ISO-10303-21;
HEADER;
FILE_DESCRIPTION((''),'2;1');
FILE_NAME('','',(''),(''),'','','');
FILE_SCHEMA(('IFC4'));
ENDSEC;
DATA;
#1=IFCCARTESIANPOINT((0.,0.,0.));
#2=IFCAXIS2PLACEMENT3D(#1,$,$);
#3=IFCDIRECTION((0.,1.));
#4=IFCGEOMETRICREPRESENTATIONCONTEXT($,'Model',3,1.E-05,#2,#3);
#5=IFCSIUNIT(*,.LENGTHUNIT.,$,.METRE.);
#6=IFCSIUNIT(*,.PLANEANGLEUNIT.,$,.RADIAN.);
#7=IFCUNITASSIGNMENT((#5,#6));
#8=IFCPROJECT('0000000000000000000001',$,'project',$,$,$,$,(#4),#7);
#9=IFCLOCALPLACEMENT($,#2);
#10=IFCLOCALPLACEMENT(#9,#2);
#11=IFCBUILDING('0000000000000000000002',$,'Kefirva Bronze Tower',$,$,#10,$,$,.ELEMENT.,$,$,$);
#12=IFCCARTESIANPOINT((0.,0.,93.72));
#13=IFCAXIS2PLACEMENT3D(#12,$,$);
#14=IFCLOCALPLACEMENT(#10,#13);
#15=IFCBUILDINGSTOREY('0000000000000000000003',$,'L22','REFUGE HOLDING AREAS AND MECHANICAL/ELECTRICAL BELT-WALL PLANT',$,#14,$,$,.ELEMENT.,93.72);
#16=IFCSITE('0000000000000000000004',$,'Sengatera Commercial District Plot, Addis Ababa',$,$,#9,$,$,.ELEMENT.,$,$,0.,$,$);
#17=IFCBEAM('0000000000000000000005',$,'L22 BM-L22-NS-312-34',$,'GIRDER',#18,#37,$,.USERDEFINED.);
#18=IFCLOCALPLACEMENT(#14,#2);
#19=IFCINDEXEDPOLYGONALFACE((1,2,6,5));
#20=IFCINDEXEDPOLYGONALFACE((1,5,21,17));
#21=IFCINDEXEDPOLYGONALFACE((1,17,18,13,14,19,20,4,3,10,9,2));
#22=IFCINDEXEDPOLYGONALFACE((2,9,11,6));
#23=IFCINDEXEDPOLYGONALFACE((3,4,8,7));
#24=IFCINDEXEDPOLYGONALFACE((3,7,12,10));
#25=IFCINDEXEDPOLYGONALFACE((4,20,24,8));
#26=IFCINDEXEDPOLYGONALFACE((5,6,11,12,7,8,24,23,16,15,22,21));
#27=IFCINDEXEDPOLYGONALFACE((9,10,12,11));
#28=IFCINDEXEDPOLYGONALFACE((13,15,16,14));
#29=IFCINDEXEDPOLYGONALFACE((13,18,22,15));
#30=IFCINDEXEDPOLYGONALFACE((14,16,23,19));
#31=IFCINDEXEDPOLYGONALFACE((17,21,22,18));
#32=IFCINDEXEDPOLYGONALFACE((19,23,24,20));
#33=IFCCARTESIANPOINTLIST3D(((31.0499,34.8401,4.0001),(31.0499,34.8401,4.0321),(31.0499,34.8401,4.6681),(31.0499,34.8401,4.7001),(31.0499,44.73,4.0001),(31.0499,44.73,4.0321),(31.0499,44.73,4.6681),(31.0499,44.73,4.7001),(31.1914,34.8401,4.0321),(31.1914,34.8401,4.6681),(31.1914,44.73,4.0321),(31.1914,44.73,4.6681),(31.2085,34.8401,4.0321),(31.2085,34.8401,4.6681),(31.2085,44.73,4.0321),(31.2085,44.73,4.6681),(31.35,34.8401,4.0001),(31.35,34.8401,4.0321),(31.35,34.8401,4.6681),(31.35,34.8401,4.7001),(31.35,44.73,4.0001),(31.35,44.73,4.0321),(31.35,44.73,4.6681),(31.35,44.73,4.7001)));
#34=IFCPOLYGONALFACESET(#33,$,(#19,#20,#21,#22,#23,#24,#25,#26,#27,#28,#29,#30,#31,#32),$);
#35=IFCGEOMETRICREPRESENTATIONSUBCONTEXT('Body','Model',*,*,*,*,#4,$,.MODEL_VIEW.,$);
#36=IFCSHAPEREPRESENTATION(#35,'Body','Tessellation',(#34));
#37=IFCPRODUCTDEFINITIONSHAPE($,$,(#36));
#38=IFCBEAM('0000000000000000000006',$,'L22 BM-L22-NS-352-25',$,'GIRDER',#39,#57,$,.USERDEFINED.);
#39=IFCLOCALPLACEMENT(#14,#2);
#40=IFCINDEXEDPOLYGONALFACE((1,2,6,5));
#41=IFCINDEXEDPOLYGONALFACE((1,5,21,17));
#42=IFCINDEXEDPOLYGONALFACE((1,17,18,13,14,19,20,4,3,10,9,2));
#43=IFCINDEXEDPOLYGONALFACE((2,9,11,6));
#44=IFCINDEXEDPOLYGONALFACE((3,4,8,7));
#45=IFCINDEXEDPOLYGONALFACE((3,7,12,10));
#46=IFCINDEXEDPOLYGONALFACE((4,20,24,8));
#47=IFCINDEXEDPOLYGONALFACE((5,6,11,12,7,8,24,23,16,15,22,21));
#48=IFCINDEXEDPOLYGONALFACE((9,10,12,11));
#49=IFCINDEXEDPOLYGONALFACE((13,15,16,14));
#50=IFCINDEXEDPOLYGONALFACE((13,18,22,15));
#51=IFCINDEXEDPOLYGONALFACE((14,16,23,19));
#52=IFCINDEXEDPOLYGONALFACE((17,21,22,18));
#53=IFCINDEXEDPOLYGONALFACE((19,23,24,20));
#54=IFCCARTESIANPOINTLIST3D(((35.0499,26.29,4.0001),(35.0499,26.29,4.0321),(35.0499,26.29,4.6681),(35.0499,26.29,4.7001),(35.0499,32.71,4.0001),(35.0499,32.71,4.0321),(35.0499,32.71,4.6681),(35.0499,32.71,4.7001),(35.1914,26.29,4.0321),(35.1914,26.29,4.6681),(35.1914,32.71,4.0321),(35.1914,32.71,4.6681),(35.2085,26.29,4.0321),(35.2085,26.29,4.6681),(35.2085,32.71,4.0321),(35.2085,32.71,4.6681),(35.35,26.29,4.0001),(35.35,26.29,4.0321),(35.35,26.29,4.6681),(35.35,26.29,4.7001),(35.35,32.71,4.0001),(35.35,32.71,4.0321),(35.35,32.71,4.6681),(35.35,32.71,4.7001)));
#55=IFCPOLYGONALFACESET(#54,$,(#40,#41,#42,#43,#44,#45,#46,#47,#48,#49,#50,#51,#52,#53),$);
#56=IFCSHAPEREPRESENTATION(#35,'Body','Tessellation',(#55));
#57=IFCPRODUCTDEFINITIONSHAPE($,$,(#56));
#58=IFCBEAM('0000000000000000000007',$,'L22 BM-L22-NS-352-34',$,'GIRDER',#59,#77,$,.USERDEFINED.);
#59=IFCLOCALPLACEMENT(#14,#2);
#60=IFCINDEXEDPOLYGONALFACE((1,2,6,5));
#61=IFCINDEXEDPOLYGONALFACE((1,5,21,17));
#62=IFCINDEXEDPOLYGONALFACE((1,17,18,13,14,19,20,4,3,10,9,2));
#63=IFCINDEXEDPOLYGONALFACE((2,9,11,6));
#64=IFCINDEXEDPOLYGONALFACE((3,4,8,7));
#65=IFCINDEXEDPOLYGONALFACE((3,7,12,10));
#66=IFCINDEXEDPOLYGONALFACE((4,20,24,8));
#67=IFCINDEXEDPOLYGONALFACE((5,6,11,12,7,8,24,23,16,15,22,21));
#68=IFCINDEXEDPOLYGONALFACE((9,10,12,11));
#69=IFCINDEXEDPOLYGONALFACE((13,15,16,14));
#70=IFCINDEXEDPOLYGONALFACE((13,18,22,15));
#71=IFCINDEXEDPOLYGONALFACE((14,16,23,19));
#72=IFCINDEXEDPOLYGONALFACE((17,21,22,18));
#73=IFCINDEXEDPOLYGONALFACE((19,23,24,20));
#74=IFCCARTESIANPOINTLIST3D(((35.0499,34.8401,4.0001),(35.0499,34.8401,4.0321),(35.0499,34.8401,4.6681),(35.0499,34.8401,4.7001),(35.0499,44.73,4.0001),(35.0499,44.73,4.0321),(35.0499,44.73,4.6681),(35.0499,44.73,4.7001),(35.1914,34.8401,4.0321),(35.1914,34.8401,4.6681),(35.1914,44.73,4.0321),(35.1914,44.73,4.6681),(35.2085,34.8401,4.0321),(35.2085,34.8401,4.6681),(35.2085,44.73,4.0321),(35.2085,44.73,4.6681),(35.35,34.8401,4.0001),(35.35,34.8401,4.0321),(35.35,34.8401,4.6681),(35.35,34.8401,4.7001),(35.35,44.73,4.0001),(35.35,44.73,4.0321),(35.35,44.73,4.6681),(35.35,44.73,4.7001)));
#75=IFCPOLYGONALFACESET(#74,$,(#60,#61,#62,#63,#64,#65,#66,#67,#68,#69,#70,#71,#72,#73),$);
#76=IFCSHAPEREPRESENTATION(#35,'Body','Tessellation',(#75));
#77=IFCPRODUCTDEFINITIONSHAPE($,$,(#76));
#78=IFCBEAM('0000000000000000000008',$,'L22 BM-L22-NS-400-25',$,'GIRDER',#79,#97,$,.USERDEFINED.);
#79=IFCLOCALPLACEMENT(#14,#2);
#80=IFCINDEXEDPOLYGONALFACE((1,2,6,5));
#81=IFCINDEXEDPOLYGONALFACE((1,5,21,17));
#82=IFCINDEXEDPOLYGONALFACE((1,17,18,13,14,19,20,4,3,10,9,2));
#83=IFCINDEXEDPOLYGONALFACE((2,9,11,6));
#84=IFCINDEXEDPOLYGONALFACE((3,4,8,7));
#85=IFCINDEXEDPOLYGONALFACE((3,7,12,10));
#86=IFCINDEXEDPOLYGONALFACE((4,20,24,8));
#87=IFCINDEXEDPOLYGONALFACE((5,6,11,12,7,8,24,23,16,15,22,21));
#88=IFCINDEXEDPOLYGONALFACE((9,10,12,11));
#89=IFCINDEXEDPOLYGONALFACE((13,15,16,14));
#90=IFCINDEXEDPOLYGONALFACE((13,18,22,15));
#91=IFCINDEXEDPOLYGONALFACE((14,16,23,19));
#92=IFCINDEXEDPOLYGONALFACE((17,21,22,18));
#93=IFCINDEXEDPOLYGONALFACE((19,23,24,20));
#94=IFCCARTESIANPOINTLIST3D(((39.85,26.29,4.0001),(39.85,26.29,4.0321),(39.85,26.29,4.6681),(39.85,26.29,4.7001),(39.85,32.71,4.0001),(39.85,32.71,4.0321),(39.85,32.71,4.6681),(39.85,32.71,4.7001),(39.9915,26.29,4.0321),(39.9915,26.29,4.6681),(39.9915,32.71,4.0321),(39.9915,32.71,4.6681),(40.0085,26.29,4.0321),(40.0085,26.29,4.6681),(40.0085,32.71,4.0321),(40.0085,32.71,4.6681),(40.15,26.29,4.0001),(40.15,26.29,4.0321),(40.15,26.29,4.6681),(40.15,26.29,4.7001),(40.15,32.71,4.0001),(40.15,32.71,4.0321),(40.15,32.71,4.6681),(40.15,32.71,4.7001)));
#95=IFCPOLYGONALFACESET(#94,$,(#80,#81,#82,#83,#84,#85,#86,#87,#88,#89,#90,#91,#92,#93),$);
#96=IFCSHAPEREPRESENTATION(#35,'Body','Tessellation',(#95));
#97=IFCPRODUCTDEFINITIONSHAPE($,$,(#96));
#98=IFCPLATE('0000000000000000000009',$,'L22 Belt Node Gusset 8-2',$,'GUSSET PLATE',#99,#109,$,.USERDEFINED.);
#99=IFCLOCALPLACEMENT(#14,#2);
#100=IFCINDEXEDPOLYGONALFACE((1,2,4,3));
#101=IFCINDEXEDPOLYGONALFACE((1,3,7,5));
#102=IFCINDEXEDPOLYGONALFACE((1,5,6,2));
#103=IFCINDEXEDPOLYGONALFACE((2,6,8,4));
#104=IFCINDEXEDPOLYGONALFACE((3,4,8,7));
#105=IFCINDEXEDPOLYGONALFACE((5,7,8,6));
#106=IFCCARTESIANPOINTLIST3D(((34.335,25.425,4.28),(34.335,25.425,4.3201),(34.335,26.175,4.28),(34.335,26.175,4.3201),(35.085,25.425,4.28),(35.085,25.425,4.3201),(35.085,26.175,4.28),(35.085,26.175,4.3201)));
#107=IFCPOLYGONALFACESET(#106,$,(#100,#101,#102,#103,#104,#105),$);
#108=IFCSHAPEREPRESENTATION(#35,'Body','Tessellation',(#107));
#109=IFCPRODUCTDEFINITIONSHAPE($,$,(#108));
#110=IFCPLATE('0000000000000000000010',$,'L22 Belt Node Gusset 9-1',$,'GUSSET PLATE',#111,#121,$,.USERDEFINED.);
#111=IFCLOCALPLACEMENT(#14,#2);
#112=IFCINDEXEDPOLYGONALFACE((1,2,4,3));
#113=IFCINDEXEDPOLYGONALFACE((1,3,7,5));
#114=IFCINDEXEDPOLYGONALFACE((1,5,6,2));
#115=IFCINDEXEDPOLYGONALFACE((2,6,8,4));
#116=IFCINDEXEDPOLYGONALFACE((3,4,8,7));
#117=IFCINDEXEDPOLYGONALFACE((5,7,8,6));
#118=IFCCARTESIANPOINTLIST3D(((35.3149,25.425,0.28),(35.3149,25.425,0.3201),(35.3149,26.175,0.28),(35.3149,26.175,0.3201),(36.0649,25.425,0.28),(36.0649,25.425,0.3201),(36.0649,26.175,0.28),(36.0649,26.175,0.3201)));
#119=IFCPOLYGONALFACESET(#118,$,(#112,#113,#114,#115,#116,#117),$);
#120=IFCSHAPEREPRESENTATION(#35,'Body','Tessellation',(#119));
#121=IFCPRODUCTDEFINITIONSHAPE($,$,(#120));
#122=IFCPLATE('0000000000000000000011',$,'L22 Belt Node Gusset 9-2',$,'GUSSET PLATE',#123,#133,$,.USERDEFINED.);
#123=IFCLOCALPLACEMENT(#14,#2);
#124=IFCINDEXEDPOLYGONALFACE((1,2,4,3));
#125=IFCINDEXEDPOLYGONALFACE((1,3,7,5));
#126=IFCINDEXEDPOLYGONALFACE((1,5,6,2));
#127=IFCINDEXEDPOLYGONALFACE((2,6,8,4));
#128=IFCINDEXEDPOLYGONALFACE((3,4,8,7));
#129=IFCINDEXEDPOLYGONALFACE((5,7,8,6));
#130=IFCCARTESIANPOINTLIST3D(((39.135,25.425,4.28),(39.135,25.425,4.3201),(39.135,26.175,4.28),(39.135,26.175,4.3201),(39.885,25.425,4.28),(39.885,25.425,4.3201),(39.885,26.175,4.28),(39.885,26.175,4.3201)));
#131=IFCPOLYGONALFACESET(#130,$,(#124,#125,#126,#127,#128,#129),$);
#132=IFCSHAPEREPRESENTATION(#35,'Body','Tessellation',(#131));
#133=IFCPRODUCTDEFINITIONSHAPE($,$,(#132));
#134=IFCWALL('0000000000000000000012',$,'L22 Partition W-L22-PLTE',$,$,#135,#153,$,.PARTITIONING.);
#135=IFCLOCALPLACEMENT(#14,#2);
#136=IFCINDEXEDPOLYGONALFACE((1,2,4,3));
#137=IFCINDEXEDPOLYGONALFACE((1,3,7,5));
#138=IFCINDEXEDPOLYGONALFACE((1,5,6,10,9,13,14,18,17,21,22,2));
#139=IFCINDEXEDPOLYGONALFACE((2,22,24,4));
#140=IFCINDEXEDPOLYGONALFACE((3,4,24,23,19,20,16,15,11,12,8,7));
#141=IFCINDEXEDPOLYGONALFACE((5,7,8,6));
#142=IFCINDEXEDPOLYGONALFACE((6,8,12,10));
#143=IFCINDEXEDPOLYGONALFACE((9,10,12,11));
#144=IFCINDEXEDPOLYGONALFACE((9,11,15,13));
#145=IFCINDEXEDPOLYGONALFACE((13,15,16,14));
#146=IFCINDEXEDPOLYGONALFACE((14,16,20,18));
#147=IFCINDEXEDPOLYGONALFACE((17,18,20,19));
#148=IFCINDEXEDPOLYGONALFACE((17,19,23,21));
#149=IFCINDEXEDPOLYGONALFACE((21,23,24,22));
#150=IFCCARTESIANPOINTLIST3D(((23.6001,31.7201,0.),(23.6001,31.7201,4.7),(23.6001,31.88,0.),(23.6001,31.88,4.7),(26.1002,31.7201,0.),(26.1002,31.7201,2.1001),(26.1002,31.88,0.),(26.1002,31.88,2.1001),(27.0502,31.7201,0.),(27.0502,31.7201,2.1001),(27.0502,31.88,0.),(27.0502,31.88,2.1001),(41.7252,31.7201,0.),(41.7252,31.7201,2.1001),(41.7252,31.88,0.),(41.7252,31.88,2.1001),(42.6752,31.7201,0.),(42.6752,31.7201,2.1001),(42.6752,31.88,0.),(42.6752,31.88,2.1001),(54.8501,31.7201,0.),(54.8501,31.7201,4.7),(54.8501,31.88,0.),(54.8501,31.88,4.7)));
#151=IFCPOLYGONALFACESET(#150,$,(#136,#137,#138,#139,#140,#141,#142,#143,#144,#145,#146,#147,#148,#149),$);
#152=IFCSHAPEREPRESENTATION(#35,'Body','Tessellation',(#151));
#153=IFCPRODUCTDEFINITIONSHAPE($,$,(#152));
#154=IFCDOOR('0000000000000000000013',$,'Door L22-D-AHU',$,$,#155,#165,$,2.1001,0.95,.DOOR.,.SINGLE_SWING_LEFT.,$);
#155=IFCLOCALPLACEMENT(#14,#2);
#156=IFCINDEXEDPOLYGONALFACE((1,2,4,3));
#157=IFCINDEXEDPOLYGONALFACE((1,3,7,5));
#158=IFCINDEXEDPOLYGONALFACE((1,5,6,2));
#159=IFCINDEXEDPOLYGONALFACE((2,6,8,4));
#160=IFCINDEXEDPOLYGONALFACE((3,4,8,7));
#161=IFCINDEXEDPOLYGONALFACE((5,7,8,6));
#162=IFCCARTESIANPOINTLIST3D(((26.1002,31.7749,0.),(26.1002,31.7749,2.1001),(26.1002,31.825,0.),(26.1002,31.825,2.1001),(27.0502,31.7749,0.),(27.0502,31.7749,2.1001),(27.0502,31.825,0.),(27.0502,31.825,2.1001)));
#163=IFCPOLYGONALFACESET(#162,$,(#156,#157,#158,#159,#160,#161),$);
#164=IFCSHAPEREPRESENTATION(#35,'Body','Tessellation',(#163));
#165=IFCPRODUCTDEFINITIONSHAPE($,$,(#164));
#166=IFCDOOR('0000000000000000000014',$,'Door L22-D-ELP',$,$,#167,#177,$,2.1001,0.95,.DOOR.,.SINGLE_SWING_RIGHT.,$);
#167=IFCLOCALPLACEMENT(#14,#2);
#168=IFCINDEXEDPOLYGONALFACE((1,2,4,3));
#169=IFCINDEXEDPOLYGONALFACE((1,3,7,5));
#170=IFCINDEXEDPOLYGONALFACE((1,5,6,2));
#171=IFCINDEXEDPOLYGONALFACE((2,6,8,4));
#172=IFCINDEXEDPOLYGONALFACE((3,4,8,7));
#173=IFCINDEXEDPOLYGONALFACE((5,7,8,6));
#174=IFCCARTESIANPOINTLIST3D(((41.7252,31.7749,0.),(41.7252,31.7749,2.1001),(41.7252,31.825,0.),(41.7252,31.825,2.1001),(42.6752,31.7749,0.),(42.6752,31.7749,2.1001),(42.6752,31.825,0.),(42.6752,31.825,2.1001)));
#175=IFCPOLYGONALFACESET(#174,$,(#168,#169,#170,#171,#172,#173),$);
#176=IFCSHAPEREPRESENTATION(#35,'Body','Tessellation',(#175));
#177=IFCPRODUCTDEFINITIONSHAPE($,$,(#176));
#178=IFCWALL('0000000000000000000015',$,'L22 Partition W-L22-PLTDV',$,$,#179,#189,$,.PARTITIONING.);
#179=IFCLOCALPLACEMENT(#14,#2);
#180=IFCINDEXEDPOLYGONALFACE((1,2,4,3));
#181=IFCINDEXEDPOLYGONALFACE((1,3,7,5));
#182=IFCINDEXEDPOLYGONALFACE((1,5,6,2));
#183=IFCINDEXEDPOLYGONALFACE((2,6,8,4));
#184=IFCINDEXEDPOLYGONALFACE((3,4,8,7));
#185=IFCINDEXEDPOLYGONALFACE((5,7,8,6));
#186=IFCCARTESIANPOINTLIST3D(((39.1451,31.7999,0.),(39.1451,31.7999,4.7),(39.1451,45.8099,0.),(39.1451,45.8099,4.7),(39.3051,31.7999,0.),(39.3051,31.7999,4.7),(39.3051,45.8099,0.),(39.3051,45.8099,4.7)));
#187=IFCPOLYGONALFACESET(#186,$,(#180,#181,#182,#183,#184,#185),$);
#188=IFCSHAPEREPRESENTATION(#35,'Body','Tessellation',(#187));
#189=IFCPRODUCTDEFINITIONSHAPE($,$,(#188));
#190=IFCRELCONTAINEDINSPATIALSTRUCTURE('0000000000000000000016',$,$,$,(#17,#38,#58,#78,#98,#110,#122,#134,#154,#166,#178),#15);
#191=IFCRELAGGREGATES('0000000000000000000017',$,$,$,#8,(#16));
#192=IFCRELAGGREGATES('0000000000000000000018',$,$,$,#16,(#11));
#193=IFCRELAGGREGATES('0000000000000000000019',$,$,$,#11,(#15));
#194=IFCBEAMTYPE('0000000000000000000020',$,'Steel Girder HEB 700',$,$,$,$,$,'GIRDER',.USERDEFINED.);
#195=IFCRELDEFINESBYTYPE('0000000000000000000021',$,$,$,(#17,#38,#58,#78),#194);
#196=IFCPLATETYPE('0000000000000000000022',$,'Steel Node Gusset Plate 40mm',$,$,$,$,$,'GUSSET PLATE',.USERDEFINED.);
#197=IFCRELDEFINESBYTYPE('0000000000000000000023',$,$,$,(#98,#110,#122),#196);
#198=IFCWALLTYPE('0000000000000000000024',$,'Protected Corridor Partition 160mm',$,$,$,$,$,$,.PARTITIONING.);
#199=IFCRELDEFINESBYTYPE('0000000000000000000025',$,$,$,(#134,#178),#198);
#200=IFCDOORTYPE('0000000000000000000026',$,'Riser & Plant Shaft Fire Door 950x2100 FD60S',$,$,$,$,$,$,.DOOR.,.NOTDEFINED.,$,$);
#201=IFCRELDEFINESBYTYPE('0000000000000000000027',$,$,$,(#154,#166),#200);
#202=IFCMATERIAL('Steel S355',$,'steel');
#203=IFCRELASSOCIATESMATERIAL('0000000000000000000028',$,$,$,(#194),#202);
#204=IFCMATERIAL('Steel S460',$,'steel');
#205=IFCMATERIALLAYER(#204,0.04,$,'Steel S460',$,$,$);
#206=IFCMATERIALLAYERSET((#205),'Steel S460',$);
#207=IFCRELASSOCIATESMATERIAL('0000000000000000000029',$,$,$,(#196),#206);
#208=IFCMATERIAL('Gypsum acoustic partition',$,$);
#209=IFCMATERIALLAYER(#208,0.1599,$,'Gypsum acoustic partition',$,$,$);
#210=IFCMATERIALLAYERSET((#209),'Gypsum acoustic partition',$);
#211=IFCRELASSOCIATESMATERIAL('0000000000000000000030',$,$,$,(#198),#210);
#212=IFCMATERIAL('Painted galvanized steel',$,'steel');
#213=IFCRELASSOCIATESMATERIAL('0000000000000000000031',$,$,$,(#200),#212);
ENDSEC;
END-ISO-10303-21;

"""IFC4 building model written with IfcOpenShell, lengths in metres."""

from ifc_helpers import new_model, si_unit, direction, frame, frame_2d, origin, origin_2d, place, context, subcontext, project, spatial, rectangle, i_section, extrude, material, layer, layer_set, material_profile, profile_set, type_object, element, fill, save


model = new_model("IFC4")

# Units and contexts
model_context = context("Model", 3, precision=1e-05, world=origin(), true_north=direction((0.0, 1.0)))
body_context = subcontext(model_context, "Body", "Model", "MODEL_VIEW")
ifc_project = project(units=[si_unit("LENGTHUNIT", "METRE"), si_unit("PLANEANGLEUNIT", "RADIAN")], contexts=[model_context])

# Site, building, storey
site_placement = place(None, origin())
site = spatial("IfcSite", under=ifc_project, at=site_placement, Name="Sengatera Commercial District Plot, Addis Ababa", CompositionType="ELEMENT", RefElevation=0.0)
building_placement = place(site_placement, origin())
building = spatial("IfcBuilding", under=site, at=building_placement, Name="Kefirva Bronze Tower", CompositionType="ELEMENT")
storey_placement = place(building_placement, frame((0.0, 0.0, 93.72)))
storey = spatial("IfcBuildingStorey", under=building, at=storey_placement, Name="L22", Description="REFUGE HOLDING AREAS AND MECHANICAL/ELECTRICAL BELT-WALL PLANT", CompositionType="ELEMENT", Elevation=93.72)

# Shared definitions
ifc_material_1 = material(Name="Steel S460", Category="steel")

# Beams
ifc_material_2 = material(Name="Steel S355", Category="steel")
ifc_material_profile_1 = material_profile(ifc_material_2, i_section(OverallWidth=0.3, OverallDepth=0.7, WebThickness=0.0171, FlangeThickness=0.032, at=origin_2d()), Name="HEB 700")
ifc_profile_set_1 = profile_set([ifc_material_profile_1], Name="Steel S355")
beam_type_1 = type_object("IfcBeamType", Name="Steel Girder HEB 700", ElementType="GIRDER", PredefinedType="USERDEFINED", material=ifc_profile_set_1)
beam_1_placement = place(storey_placement, frame((31.2, 34.8401, 4.3501), z_axis=(0.0, 1.0, 0.0), x_axis=(-1.0, 0.0, 0.0)))
element("IfcBeam", 1, at=beam_1_placement, inside=storey, type_object=beam_type_1, Name="L22 BM-L22-NS-312-34", ObjectType="GIRDER", PredefinedType="USERDEFINED", context=body_context, shape_type="SweptSolid", body=[
    extrude(i_section(OverallWidth=0.3, OverallDepth=0.7, WebThickness=0.0171, FlangeThickness=0.032, at=origin_2d()), origin(), (0.0, 0.0, 1.0), 9.8899),
])
beam_2_placement = place(storey_placement, frame((35.2, 26.29, 4.3501), z_axis=(0.0, 1.0, 0.0), x_axis=(-1.0, 0.0, 0.0)))
element("IfcBeam", 2, at=beam_2_placement, inside=storey, type_object=beam_type_1, Name="L22 BM-L22-NS-352-25", ObjectType="GIRDER", PredefinedType="USERDEFINED", context=body_context, shape_type="SweptSolid", body=[
    extrude(i_section(OverallWidth=0.3, OverallDepth=0.7, WebThickness=0.0171, FlangeThickness=0.032, at=origin_2d()), origin(), (0.0, 0.0, 1.0), 6.4199),
])
beam_3_placement = place(storey_placement, frame((35.2, 34.8401, 4.3501), z_axis=(0.0, 1.0, 0.0), x_axis=(-1.0, 0.0, 0.0)))
element("IfcBeam", 3, at=beam_3_placement, inside=storey, type_object=beam_type_1, Name="L22 BM-L22-NS-352-34", ObjectType="GIRDER", PredefinedType="USERDEFINED", context=body_context, shape_type="SweptSolid", body=[
    extrude(i_section(OverallWidth=0.3, OverallDepth=0.7, WebThickness=0.0171, FlangeThickness=0.032, at=origin_2d()), origin(), (0.0, 0.0, 1.0), 9.8899),
])
beam_4_placement = place(storey_placement, frame((40.0, 26.29, 4.3501), z_axis=(0.0, 1.0, 0.0), x_axis=(-1.0, 0.0, 0.0)))
element("IfcBeam", 4, at=beam_4_placement, inside=storey, type_object=beam_type_1, Name="L22 BM-L22-NS-400-25", ObjectType="GIRDER", PredefinedType="USERDEFINED", context=body_context, shape_type="SweptSolid", body=[
    extrude(i_section(OverallWidth=0.3, OverallDepth=0.7, WebThickness=0.0171, FlangeThickness=0.032, at=origin_2d()), origin(), (0.0, 0.0, 1.0), 6.4199),
])

# Plates
ifc_layer_1 = layer(ifc_material_1, 0.04, Name="Steel S460")
ifc_layer_set_1 = layer_set([ifc_layer_1], Name="Steel S460")
plate_type = type_object("IfcPlateType", Name="Steel Node Gusset Plate 40mm", ElementType="GUSSET PLATE", PredefinedType="USERDEFINED", material=ifc_layer_set_1)
for number, where, z_axis, x_axis, name in (
    (5, (34.71, 25.8, 4.28), (0.0, 0.0, 1.0), (1.0, 0.0, 0.0), "L22 Belt Node Gusset 8-2"),
    (6, (35.6899, 25.8, 0.28), (0.0, 0.0, 1.0), (1.0, 0.0, 0.0), "L22 Belt Node Gusset 9-1"),
    (7, (39.51, 25.8, 4.28), (0.0, 0.0, 1.0), (1.0, 0.0, 0.0), "L22 Belt Node Gusset 9-2"),
):
    element("IfcPlate", number, at=place(storey_placement, frame(where, z_axis=z_axis, x_axis=x_axis)), inside=storey, type_object=plate_type, Name=name, ObjectType="GUSSET PLATE", PredefinedType="USERDEFINED", context=body_context, shape_type="SweptSolid", body=[
        extrude(rectangle(XDim=0.75, YDim=0.75, at=origin_2d()), origin(), (0.0, 0.0, 1.0), 0.04),
    ])

# Wall, openings, doors
ifc_material_3 = material(Name="Gypsum acoustic partition")
ifc_layer_2 = layer(ifc_material_3, 0.1599, Name="Gypsum acoustic partition")
ifc_layer_set_2 = layer_set([ifc_layer_2], Name="Gypsum acoustic partition")
wall_type = type_object("IfcWallType", Name="Protected Corridor Partition 160mm", PredefinedType="PARTITIONING", material=ifc_layer_set_2)
wall_1_placement = place(storey_placement, frame((23.6001, 31.8, 0.0), z_axis=(0.0, 0.0, 1.0), x_axis=(1.0, 0.0, 0.0)))
wall_1 = element("IfcWall", 8, at=wall_1_placement, inside=storey, type_object=wall_type, Name="L22 Partition W-L22-PLTE", PredefinedType="PARTITIONING", context=body_context, shape_type="SweptSolid", body=[
    extrude(rectangle(XDim=31.25, YDim=0.1599, at=frame_2d((15.625, 0.0))), origin(), (0.0, 0.0, 1.0), 4.7),
])
opening_1_placement = place(wall_1_placement, frame((2.5, 0.0, 0.0)))
opening_1 = element("IfcOpeningElement", 9, at=opening_1_placement, cuts=wall_1, PredefinedType="OPENING", context=body_context, shape_type="SweptSolid", body=[
    extrude(rectangle(XDim=0.95, YDim=2.1001, at=frame_2d((0.4751, 1.05))), frame((0.0, 0.0898, 0.0), z_axis=(0.0, -1.0, 0.0), x_axis=(1.0, 0.0, 0.0)), (0.0, 0.0, 1.0), 0.1799),
])
opening_2_placement = place(wall_1_placement, frame((18.125, 0.0, 0.0)))
opening_2 = element("IfcOpeningElement", 10, at=opening_2_placement, cuts=wall_1, PredefinedType="OPENING", context=body_context, shape_type="SweptSolid", body=[
    extrude(rectangle(XDim=0.95, YDim=2.1001, at=frame_2d((0.4751, 1.05))), frame((0.0, 0.0898, 0.0), z_axis=(0.0, -1.0, 0.0), x_axis=(1.0, 0.0, 0.0)), (0.0, 0.0, 1.0), 0.1799),
])
ifc_material_4 = material(Name="Painted galvanized steel", Category="steel")
door_type = type_object("IfcDoorType", Name="Riser & Plant Shaft Fire Door 950x2100 FD60S", OperationType="NOTDEFINED", PredefinedType="DOOR", material=ifc_material_4)
door_1_placement = place(opening_1_placement, origin())
door_1 = element("IfcDoor", 11, at=door_1_placement, inside=storey, type_object=door_type, Name="Door L22-D-AHU", OperationType="SINGLE_SWING_LEFT", OverallHeight=2.1001, OverallWidth=0.95, PredefinedType="DOOR", context=body_context, shape_type="SweptSolid", body=[
    extrude(rectangle(XDim=0.95, YDim=2.1001, at=frame_2d((0.4751, 1.05))), frame((0.0, 0.0249, 0.0), z_axis=(0.0, -1.0, 0.0), x_axis=(1.0, 0.0, 0.0)), (0.0, 0.0, 1.0), 0.05),
])
fill(opening_1, door_1)
door_2_placement = place(opening_2_placement, origin())
door_2 = element("IfcDoor", 12, at=door_2_placement, inside=storey, type_object=door_type, Name="Door L22-D-ELP", OperationType="SINGLE_SWING_RIGHT", OverallHeight=2.1001, OverallWidth=0.95, PredefinedType="DOOR", context=body_context, shape_type="SweptSolid", body=[
    extrude(rectangle(XDim=0.95, YDim=2.1001, at=frame_2d((0.4751, 1.05))), frame((0.0, 0.0249, 0.0), z_axis=(0.0, -1.0, 0.0), x_axis=(1.0, 0.0, 0.0)), (0.0, 0.0, 1.0), 0.05),
])
fill(opening_2, door_2)

# Wall
wall_2_placement = place(storey_placement, frame((39.2251, 31.8, 0.0), z_axis=(0.0, 0.0, 1.0), x_axis=(0.0, 1.0, 0.0)))
element("IfcWall", 13, at=wall_2_placement, inside=storey, type_object=wall_type, Name="L22 Partition W-L22-PLTDV", PredefinedType="PARTITIONING", context=body_context, shape_type="SweptSolid", body=[
    extrude(rectangle(XDim=14.01, YDim=0.1599, at=frame_2d((7.0049, 0.0))), origin(), (0.0, 0.0, 1.0), 4.7),
])

save(model, "model.ifc")
